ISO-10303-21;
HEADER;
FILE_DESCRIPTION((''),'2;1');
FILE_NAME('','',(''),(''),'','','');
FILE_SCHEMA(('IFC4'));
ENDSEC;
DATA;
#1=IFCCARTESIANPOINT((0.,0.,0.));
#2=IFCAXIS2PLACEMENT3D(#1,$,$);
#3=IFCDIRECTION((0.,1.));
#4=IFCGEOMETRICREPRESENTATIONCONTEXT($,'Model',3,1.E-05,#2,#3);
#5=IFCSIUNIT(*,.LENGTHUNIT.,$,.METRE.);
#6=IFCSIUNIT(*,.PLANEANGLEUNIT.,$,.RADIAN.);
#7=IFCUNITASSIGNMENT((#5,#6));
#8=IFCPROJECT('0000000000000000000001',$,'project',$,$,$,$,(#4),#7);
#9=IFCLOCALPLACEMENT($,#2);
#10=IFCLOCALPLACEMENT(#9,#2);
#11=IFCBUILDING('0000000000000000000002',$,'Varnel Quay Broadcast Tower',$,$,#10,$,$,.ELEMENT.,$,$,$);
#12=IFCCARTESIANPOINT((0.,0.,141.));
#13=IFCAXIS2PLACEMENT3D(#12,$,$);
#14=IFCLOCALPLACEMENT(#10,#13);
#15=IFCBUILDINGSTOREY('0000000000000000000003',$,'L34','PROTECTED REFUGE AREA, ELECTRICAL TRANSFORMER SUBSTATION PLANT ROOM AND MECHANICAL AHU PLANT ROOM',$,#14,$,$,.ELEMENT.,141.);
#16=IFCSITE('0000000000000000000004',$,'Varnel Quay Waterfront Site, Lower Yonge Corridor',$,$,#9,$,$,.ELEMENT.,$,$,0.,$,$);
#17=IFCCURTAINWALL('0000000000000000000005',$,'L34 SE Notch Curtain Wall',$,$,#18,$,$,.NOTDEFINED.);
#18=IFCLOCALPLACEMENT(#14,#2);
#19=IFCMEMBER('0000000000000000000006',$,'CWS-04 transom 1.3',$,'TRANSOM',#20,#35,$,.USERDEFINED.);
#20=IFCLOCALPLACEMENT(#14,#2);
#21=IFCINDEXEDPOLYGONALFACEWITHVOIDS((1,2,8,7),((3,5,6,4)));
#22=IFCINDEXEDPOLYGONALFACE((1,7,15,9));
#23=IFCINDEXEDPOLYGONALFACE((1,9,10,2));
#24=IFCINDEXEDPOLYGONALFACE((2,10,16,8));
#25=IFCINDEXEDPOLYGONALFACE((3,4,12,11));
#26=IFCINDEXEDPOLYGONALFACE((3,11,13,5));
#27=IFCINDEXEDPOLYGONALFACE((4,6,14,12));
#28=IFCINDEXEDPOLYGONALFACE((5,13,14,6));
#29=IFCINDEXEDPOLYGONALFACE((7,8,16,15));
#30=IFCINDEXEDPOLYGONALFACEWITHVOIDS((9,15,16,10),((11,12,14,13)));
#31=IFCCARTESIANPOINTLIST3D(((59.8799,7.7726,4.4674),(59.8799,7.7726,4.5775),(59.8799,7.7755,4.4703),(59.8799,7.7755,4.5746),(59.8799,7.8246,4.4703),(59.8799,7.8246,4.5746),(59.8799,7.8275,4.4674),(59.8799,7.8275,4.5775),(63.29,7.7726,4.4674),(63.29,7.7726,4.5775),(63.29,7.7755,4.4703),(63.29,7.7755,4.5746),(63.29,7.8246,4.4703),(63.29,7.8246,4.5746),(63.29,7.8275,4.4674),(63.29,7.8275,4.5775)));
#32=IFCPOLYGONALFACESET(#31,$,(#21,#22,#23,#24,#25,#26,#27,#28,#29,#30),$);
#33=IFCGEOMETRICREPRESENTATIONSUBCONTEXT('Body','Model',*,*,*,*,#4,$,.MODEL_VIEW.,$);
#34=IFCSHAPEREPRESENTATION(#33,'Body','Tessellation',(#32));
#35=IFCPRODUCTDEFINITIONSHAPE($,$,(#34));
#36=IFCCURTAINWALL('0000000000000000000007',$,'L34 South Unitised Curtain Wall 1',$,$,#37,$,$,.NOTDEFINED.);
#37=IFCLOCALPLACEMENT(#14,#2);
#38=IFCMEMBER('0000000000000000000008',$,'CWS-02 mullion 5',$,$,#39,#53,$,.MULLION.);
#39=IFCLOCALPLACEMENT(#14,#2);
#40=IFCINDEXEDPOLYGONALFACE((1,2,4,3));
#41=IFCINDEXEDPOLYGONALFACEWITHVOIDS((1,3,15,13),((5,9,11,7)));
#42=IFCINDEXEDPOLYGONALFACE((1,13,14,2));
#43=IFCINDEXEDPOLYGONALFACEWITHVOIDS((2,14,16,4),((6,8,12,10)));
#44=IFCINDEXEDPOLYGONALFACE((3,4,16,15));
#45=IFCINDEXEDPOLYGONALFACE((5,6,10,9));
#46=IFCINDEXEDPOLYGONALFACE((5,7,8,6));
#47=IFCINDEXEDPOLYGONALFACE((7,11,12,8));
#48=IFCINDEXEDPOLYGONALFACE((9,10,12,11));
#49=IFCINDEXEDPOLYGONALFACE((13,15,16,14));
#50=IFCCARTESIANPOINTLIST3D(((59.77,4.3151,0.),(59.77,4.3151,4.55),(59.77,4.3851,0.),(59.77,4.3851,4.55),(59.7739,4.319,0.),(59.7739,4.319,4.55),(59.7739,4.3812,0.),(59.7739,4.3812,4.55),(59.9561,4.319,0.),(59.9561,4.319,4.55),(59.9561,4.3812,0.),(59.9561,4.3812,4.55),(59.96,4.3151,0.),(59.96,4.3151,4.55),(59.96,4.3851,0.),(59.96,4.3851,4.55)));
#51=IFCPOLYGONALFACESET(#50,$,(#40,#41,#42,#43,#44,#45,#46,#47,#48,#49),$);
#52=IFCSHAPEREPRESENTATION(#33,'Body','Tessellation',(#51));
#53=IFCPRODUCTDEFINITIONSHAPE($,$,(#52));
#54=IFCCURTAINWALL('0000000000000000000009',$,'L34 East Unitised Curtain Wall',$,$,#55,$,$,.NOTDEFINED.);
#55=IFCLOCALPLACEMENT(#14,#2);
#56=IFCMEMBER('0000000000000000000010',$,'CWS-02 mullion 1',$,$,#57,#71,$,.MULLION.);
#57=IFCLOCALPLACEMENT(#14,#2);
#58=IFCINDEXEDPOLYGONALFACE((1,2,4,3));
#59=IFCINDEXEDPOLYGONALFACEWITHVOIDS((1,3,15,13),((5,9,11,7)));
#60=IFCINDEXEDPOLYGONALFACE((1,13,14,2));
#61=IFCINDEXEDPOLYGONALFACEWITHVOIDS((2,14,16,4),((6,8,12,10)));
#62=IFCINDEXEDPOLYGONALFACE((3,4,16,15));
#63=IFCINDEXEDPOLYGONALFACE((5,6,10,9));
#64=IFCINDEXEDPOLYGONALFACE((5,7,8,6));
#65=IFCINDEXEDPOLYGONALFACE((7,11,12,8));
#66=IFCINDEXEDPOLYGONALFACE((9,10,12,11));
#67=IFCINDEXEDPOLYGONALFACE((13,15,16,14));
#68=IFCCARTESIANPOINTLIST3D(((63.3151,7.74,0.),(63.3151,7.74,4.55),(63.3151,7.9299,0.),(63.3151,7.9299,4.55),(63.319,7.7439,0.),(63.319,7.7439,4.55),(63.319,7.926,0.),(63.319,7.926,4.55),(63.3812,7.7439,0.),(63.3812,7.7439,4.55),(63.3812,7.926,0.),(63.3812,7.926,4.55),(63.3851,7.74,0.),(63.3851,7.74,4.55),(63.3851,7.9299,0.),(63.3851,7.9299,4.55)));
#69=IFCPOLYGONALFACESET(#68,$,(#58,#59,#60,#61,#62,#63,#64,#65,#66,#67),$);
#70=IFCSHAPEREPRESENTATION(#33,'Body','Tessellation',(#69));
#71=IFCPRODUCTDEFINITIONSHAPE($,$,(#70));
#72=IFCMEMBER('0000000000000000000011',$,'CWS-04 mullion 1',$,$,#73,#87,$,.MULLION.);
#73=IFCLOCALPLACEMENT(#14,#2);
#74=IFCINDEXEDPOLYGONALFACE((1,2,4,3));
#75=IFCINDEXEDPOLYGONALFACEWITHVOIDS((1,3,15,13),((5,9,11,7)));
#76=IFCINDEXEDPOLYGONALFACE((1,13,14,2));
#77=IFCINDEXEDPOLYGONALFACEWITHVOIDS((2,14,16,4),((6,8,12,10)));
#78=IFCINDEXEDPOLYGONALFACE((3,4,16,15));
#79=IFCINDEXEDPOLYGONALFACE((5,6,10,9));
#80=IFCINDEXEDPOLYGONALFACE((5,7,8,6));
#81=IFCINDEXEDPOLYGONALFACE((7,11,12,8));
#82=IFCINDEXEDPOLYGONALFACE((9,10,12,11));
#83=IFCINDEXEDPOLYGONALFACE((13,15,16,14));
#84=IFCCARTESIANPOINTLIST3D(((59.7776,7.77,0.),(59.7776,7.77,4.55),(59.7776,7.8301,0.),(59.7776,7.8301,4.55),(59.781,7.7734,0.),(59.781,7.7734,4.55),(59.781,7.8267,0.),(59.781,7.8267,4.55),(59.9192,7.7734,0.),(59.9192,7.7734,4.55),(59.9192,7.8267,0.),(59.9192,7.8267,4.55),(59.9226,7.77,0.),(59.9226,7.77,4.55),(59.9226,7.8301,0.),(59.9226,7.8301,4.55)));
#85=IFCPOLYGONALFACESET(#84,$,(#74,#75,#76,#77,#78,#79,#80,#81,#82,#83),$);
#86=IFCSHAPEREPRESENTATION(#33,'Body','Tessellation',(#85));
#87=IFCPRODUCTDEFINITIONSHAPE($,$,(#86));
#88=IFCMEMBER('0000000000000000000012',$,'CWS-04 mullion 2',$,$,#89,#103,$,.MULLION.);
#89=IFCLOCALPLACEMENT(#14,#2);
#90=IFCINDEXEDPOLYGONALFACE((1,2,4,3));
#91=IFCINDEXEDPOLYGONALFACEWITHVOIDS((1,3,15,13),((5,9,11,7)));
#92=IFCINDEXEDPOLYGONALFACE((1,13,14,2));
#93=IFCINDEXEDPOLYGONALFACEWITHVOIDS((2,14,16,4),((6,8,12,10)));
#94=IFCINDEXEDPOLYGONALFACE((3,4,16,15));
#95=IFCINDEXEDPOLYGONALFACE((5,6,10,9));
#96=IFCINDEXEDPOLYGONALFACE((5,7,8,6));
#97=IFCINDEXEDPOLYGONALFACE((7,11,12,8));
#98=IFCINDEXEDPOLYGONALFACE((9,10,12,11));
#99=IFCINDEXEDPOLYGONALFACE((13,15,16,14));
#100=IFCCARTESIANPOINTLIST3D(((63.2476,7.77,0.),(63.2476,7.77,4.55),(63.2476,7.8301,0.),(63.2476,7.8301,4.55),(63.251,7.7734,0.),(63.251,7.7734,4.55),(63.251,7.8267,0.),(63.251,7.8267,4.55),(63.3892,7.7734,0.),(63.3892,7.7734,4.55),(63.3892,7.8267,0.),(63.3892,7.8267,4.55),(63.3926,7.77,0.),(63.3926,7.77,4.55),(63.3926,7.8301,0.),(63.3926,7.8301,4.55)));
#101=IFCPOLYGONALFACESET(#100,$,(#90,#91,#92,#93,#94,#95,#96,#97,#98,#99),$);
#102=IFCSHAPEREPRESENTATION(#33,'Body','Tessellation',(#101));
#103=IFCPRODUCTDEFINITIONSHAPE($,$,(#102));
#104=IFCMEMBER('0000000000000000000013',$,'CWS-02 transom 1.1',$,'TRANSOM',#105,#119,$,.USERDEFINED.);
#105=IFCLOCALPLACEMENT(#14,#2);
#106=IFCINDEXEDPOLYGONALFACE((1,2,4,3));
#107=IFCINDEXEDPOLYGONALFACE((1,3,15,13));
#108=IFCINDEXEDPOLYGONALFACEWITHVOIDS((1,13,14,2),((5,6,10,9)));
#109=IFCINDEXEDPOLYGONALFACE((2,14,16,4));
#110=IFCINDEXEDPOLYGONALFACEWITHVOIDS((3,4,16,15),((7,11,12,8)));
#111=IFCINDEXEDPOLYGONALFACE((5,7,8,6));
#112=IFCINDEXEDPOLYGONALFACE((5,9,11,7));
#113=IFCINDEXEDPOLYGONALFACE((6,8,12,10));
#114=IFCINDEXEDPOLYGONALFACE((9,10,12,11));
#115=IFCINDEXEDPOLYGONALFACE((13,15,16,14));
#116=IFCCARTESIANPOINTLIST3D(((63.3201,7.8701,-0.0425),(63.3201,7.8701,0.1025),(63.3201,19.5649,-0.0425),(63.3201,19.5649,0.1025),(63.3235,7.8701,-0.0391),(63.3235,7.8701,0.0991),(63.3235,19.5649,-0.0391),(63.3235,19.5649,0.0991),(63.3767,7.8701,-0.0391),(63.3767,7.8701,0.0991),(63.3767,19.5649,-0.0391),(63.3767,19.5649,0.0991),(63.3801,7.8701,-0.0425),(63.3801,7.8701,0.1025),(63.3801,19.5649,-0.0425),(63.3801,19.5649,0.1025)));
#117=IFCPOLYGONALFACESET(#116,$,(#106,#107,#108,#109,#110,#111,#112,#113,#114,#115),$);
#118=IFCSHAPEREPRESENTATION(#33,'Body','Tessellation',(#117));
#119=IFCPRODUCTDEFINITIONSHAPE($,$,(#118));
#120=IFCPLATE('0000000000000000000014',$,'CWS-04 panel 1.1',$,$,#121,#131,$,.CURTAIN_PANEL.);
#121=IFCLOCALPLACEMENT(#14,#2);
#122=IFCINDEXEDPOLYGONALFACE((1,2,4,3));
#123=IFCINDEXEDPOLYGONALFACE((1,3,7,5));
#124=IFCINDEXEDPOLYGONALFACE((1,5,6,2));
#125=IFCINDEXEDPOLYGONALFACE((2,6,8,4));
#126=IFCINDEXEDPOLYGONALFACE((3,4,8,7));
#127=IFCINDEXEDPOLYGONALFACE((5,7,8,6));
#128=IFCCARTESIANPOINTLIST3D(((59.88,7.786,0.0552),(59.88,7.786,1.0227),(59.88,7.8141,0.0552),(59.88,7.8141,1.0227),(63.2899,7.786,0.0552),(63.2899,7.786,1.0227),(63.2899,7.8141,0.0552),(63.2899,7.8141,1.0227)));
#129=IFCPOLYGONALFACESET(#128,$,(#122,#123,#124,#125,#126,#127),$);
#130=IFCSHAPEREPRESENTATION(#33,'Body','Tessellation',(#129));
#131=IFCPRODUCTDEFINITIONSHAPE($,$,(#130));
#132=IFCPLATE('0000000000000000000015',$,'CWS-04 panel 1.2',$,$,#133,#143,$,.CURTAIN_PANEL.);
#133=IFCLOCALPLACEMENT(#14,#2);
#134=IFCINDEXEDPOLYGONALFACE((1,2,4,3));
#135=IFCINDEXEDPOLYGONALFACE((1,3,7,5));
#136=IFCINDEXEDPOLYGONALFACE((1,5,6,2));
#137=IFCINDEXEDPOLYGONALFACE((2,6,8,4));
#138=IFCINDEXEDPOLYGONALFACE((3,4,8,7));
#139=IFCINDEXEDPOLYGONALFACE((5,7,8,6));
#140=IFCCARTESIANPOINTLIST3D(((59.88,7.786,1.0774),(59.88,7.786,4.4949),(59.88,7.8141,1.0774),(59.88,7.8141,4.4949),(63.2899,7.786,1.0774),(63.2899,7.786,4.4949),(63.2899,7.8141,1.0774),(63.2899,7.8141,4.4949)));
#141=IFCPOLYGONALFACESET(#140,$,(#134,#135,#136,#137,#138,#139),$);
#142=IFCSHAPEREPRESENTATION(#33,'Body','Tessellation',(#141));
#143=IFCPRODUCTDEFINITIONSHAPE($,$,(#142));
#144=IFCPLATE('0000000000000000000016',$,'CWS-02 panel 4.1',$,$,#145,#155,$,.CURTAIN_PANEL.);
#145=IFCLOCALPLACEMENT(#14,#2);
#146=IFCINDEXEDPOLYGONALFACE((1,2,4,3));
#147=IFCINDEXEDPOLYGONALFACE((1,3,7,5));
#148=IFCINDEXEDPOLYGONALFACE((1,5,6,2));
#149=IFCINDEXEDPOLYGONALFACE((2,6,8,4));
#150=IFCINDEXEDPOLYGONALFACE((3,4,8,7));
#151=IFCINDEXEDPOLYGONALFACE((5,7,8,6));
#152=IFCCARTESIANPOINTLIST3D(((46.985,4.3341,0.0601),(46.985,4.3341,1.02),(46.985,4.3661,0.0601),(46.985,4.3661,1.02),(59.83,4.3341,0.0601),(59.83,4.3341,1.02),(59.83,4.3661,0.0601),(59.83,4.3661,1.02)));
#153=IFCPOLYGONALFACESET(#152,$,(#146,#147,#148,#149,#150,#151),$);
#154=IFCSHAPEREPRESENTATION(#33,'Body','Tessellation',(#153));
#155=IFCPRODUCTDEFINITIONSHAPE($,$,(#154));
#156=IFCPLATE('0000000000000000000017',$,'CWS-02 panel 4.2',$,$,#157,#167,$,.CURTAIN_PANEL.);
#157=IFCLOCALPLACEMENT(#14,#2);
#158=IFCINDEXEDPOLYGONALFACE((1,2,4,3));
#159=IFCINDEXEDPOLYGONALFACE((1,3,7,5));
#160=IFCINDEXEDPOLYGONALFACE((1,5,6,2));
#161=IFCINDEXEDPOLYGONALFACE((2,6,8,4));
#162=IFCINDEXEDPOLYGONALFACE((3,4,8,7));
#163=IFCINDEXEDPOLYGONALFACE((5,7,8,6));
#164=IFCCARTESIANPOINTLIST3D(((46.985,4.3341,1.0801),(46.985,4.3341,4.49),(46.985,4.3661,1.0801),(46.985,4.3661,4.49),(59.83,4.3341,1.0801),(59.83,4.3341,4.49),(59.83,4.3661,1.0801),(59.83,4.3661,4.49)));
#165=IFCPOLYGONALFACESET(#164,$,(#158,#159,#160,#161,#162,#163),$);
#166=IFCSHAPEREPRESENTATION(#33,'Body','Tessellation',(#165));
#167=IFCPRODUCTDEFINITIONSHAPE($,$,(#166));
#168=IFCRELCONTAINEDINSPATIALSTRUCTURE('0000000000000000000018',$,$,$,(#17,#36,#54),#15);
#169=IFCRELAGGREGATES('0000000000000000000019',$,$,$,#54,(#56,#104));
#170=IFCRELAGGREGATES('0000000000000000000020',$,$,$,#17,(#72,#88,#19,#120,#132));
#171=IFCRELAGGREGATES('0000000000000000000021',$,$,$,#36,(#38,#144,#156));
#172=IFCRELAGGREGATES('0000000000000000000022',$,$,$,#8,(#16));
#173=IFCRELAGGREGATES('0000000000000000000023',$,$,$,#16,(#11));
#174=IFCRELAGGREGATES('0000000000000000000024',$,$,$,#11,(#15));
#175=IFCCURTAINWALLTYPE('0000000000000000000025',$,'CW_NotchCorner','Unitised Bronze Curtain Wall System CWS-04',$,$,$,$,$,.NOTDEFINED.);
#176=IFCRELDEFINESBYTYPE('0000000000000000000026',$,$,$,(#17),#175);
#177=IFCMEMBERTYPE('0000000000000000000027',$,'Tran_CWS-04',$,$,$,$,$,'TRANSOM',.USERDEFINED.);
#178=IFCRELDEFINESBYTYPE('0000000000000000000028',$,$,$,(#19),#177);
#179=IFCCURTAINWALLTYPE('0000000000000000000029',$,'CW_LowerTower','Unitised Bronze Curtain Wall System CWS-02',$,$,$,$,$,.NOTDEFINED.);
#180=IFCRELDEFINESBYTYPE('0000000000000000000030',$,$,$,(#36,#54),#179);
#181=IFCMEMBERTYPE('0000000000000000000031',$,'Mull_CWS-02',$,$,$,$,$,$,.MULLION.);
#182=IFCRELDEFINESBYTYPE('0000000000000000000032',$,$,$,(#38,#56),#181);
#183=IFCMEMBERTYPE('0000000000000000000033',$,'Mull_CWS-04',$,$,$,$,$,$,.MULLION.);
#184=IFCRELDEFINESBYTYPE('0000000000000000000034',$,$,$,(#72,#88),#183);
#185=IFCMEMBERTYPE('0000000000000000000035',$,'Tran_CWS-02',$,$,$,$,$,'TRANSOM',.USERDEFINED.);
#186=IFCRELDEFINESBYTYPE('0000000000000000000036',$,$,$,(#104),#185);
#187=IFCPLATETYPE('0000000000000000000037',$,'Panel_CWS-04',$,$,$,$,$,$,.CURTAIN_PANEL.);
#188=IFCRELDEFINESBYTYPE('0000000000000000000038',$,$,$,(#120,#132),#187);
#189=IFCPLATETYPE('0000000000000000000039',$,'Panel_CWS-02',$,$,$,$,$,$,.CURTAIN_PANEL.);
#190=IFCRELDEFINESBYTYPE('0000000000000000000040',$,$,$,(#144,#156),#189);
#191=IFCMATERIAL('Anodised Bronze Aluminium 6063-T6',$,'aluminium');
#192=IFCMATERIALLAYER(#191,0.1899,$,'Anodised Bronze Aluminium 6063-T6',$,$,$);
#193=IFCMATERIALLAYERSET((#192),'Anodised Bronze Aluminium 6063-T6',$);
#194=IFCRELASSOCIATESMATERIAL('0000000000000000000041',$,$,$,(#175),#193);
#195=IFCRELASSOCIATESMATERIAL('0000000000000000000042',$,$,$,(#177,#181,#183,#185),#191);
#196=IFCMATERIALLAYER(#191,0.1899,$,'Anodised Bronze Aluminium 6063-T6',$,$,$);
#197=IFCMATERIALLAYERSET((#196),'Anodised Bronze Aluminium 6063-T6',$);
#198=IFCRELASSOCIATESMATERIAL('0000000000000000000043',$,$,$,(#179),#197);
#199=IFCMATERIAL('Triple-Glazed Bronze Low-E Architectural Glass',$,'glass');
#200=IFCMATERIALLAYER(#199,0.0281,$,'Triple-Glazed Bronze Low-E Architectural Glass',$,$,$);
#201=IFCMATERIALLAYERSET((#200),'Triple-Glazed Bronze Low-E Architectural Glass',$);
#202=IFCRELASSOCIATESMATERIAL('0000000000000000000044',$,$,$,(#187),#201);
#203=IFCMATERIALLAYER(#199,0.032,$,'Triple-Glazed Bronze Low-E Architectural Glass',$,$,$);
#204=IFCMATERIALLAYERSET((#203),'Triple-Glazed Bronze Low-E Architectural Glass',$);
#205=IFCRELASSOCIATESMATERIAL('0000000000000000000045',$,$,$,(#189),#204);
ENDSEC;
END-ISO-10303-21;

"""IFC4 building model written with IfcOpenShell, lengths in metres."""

from ifc_helpers import new_model, si_unit, direction, frame, origin, origin_2d, place, context, subcontext, project, spatial, rectangle, hollow_rectangle, extrude, source, transform, mapped, material, layer, layer_set, material_profile, profile_set, type_object, type_shapes, element, aggregate, save


model = new_model("IFC4")

# Units and contexts
model_context = context("Model", 3, precision=1e-05, world=origin(), true_north=direction((0.0, 1.0)))
body_context = subcontext(model_context, "Body", "Model", "MODEL_VIEW")
ifc_project = project(units=[si_unit("LENGTHUNIT", "METRE"), si_unit("PLANEANGLEUNIT", "RADIAN")], contexts=[model_context])

# Site, building, storey
site_placement = place(None, origin())
site = spatial("IfcSite", under=ifc_project, at=site_placement, Name="Varnel Quay Waterfront Site, Lower Yonge Corridor", CompositionType="ELEMENT", RefElevation=0.0)
building_placement = place(site_placement, origin())
building = spatial("IfcBuilding", under=site, at=building_placement, Name="Varnel Quay Broadcast Tower", CompositionType="ELEMENT")
storey_placement = place(building_placement, frame((0.0, 0.0, 141.0)))
storey = spatial("IfcBuildingStorey", under=building, at=storey_placement, Name="L34", Description="PROTECTED REFUGE AREA, ELECTRICAL TRANSFORMER SUBSTATION PLANT ROOM AND MECHANICAL AHU PLANT ROOM", CompositionType="ELEMENT", Elevation=141.0)

# Curtain wall, member
ifc_material_1 = material(Name="Anodised Bronze Aluminium 6063-T6", Category="aluminium")
ifc_layer_1 = layer(ifc_material_1, 0.1899, Name="Anodised Bronze Aluminium 6063-T6")
ifc_layer_set_1 = layer_set([ifc_layer_1], Name="Anodised Bronze Aluminium 6063-T6")
curtain_wall_type_1 = type_object("IfcCurtainWallType", Name="CW_NotchCorner", Description="Unitised Bronze Curtain Wall System CWS-04", PredefinedType="NOTDEFINED", material=ifc_layer_set_1)
curtain_wall_1_placement = place(storey_placement, origin())
curtain_wall_1 = element("IfcCurtainWall", 1, at=curtain_wall_1_placement, inside=storey, type_object=curtain_wall_type_1, Name="L34 SE Notch Curtain Wall", PredefinedType="NOTDEFINED")
ifc_material_profile_1 = material_profile(ifc_material_1, hollow_rectangle(XDim=0.0549, YDim=0.1101, WallThickness=0.0029, at=origin_2d()), Name="ALU55X110X3")
ifc_profile_set_1 = profile_set([ifc_material_profile_1], Name="Anodised Bronze Aluminium 6063-T6")
member_type_1 = type_object("IfcMemberType", Name="Tran_CWS-04", ElementType="TRANSOM", PredefinedType="USERDEFINED", material=ifc_profile_set_1)
shared_shape_1 = source(origin(), body_context, "Body", "SweptSolid", [
    extrude(hollow_rectangle(XDim=0.0549, YDim=0.1101, WallThickness=0.0029, at=origin_2d()), origin(), (0.0, 0.0, 1.0), 3.4102),
])
type_shapes(member_type_1, [shared_shape_1])
member_1_placement = place(storey_placement, frame((59.8799, 7.8, 4.5225), z_axis=(1.0, 0.0, 0.0), x_axis=(0.0, 1.0, 0.0)))
member_1 = element("IfcMember", 2, at=member_1_placement, type_object=member_type_1, Name="CWS-04 transom 1.3", ObjectType="TRANSOM", PredefinedType="USERDEFINED", context=body_context, shape_type="MappedRepresentation", body=[
    mapped(shared_shape_1, transform((0.0, 0.0, 0.0), x_axis=(1.0, 0.0, 0.0), y_axis=(0.0, 1.0, 0.0), z_axis=(0.0, 0.0, 1.0), scale=1.0)),
])

# Curtain walls, members
ifc_layer_2 = layer(ifc_material_1, 0.1899, Name="Anodised Bronze Aluminium 6063-T6")
ifc_layer_set_2 = layer_set([ifc_layer_2], Name="Anodised Bronze Aluminium 6063-T6")
curtain_wall_type_2 = type_object("IfcCurtainWallType", Name="CW_LowerTower", Description="Unitised Bronze Curtain Wall System CWS-02", PredefinedType="NOTDEFINED", material=ifc_layer_set_2)
curtain_wall_2_placement = place(storey_placement, origin())
curtain_wall_2 = element("IfcCurtainWall", 3, at=curtain_wall_2_placement, inside=storey, type_object=curtain_wall_type_2, Name="L34 South Unitised Curtain Wall 1", PredefinedType="NOTDEFINED")
ifc_material_profile_2 = material_profile(ifc_material_1, hollow_rectangle(XDim=0.0701, YDim=0.1899, WallThickness=0.0039, at=origin_2d()), Name="ALU70X190X4")
ifc_profile_set_2 = profile_set([ifc_material_profile_2], Name="Anodised Bronze Aluminium 6063-T6")
member_type_2 = type_object("IfcMemberType", Name="Mull_CWS-02", PredefinedType="MULLION", material=ifc_profile_set_2)
shared_shape_2 = source(origin(), body_context, "Body", "SweptSolid", [
    extrude(hollow_rectangle(XDim=0.0701, YDim=0.1899, WallThickness=0.0039, at=origin_2d()), origin(), (0.0, 0.0, 1.0), 4.55),
])
type_shapes(member_type_2, [shared_shape_2])
member_2_placement = place(storey_placement, frame((59.865, 4.3501, 0.0), z_axis=(0.0, 0.0, 1.0), x_axis=(0.0, 1.0, 0.0)))
member_2 = element("IfcMember", 4, at=member_2_placement, type_object=member_type_2, Name="CWS-02 mullion 5", PredefinedType="MULLION", context=body_context, shape_type="MappedRepresentation", body=[
    mapped(shared_shape_2, transform((0.0, 0.0, 0.0), x_axis=(1.0, 0.0, 0.0), y_axis=(0.0, 1.0, 0.0), z_axis=(0.0, 0.0, 1.0), scale=1.0)),
])
curtain_wall_3_placement = place(storey_placement, origin())
curtain_wall_3 = element("IfcCurtainWall", 5, at=curtain_wall_3_placement, inside=storey, type_object=curtain_wall_type_2, Name="L34 East Unitised Curtain Wall", PredefinedType="NOTDEFINED")
member_3_placement = place(storey_placement, frame((63.3501, 7.835, 0.0), z_axis=(0.0, 0.0, 1.0), x_axis=(-1.0, 0.0, 0.0)))
member_3 = element("IfcMember", 6, at=member_3_placement, type_object=member_type_2, Name="CWS-02 mullion 1", PredefinedType="MULLION", context=body_context, shape_type="MappedRepresentation", body=[
    mapped(shared_shape_2, transform((0.0, 0.0, 0.0), x_axis=(1.0, 0.0, 0.0), y_axis=(0.0, 1.0, 0.0), z_axis=(0.0, 0.0, 1.0), scale=1.0)),
])

# Members
ifc_material_profile_3 = material_profile(ifc_material_1, hollow_rectangle(XDim=0.0601, YDim=0.145, WallThickness=0.0034, at=origin_2d()), Name="ALU60X145X3.5")
ifc_profile_set_3 = profile_set([ifc_material_profile_3], Name="Anodised Bronze Aluminium 6063-T6")
member_type_3 = type_object("IfcMemberType", Name="Mull_CWS-04", PredefinedType="MULLION", material=ifc_profile_set_3)
shared_shape_3 = source(origin(), body_context, "Body", "SweptSolid", [
    extrude(hollow_rectangle(XDim=0.0601, YDim=0.145, WallThickness=0.0034, at=origin_2d()), origin(), (0.0, 0.0, 1.0), 4.55),
])
type_shapes(member_type_3, [shared_shape_3])
member_4_placement = place(storey_placement, frame((59.8501, 7.8, 0.0), z_axis=(0.0, 0.0, 1.0), x_axis=(0.0, 1.0, 0.0)))
member_4 = element("IfcMember", 7, at=member_4_placement, type_object=member_type_3, Name="CWS-04 mullion 1", PredefinedType="MULLION", context=body_context, shape_type="MappedRepresentation", body=[
    mapped(shared_shape_3, transform((0.0, 0.0, 0.0), x_axis=(1.0, 0.0, 0.0), y_axis=(0.0, 1.0, 0.0), z_axis=(0.0, 0.0, 1.0), scale=1.0)),
])
member_5_placement = place(storey_placement, frame((63.3201, 7.8, 0.0), z_axis=(0.0, 0.0, 1.0), x_axis=(0.0, 1.0, 0.0)))
member_5 = element("IfcMember", 8, at=member_5_placement, type_object=member_type_3, Name="CWS-04 mullion 2", PredefinedType="MULLION", context=body_context, shape_type="MappedRepresentation", body=[
    mapped(shared_shape_3, transform((0.0, 0.0, 0.0), x_axis=(1.0, 0.0, 0.0), y_axis=(0.0, 1.0, 0.0), z_axis=(0.0, 0.0, 1.0), scale=1.0)),
])
ifc_material_profile_4 = material_profile(ifc_material_1, hollow_rectangle(XDim=0.0601, YDim=0.145, WallThickness=0.0034, at=origin_2d()), Name="ALU60X145X3.5")
ifc_profile_set_4 = profile_set([ifc_material_profile_4], Name="Anodised Bronze Aluminium 6063-T6")
member_type_4 = type_object("IfcMemberType", Name="Tran_CWS-02", ElementType="TRANSOM", PredefinedType="USERDEFINED", material=ifc_profile_set_4)
shared_shape_4 = source(origin(), body_context, "Body", "SweptSolid", [
    extrude(hollow_rectangle(XDim=0.0601, YDim=0.145, WallThickness=0.0034, at=origin_2d()), origin(), (0.0, 0.0, 1.0), 11.6948),
])
type_shapes(member_type_4, [shared_shape_4])
member_6_placement = place(storey_placement, frame((63.3501, 7.8701, 0.03), z_axis=(0.0, 1.0, 0.0), x_axis=(-1.0, 0.0, 0.0)))
member_6 = element("IfcMember", 9, at=member_6_placement, type_object=member_type_4, Name="CWS-02 transom 1.1", ObjectType="TRANSOM", PredefinedType="USERDEFINED", context=body_context, shape_type="MappedRepresentation", body=[
    mapped(shared_shape_4, transform((0.0, 0.0, 0.0), x_axis=(1.0, 0.0, 0.0), y_axis=(0.0, 1.0, 0.0), z_axis=(0.0, 0.0, 1.0), scale=1.0)),
])
aggregate(curtain_wall_3, [member_3, member_6])

# Plates
ifc_material_2 = material(Name="Triple-Glazed Bronze Low-E Architectural Glass", Category="glass")
ifc_layer_3 = layer(ifc_material_2, 0.0281, Name="Triple-Glazed Bronze Low-E Architectural Glass")
ifc_layer_set_3 = layer_set([ifc_layer_3], Name="Triple-Glazed Bronze Low-E Architectural Glass")
plate_type_1 = type_object("IfcPlateType", Name="Panel_CWS-04", PredefinedType="CURTAIN_PANEL", material=ifc_layer_set_3)
shared_shape_5 = source(origin(), body_context, "Body", "SweptSolid", [
    extrude(rectangle(XDim=3.4099, YDim=0.0281, at=origin_2d()), origin(), (0.0, 0.0, 1.0), 0.9675),
])
plate_1_placement = place(storey_placement, frame((61.585, 7.8, 0.0552), z_axis=(0.0, 0.0, 1.0), x_axis=(1.0, 0.0, 0.0)))
plate_1 = element("IfcPlate", 10, at=plate_1_placement, type_object=plate_type_1, Name="CWS-04 panel 1.1", PredefinedType="CURTAIN_PANEL", context=body_context, shape_type="MappedRepresentation", body=[
    mapped(shared_shape_5, transform((0.0, 0.0, 0.0), x_axis=(1.0, 0.0, 0.0), y_axis=(0.0, 1.0, 0.0), z_axis=(0.0, 0.0, 1.0), scale=1.0)),
])
shared_shape_6 = source(origin(), body_context, "Body", "SweptSolid", [
    extrude(rectangle(XDim=3.4099, YDim=0.0281, at=origin_2d()), origin(), (0.0, 0.0, 1.0), 3.4175),
])
type_shapes(plate_type_1, [shared_shape_5, shared_shape_6])
plate_2_placement = place(storey_placement, frame((61.585, 7.8, 1.0774), z_axis=(0.0, 0.0, 1.0), x_axis=(1.0, 0.0, 0.0)))
plate_2 = element("IfcPlate", 11, at=plate_2_placement, type_object=plate_type_1, Name="CWS-04 panel 1.2", PredefinedType="CURTAIN_PANEL", context=body_context, shape_type="MappedRepresentation", body=[
    mapped(shared_shape_6, transform((0.0, 0.0, 0.0), x_axis=(1.0, 0.0, 0.0), y_axis=(0.0, 1.0, 0.0), z_axis=(0.0, 0.0, 1.0), scale=1.0)),
])
aggregate(curtain_wall_1, [member_4, member_5, member_1, plate_1, plate_2])
ifc_layer_4 = layer(ifc_material_2, 0.032, Name="Triple-Glazed Bronze Low-E Architectural Glass")
ifc_layer_set_4 = layer_set([ifc_layer_4], Name="Triple-Glazed Bronze Low-E Architectural Glass")
plate_type_2 = type_object("IfcPlateType", Name="Panel_CWS-02", PredefinedType="CURTAIN_PANEL", material=ifc_layer_set_4)
shared_shape_7 = source(origin(), body_context, "Body", "SweptSolid", [
    extrude(rectangle(XDim=12.845, YDim=0.032, at=origin_2d()), origin(), (0.0, 0.0, 1.0), 0.96),
])
plate_3_placement = place(storey_placement, frame((53.4075, 4.3501, 0.0601), z_axis=(0.0, 0.0, 1.0), x_axis=(1.0, 0.0, 0.0)))
plate_3 = element("IfcPlate", 12, at=plate_3_placement, type_object=plate_type_2, Name="CWS-02 panel 4.1", PredefinedType="CURTAIN_PANEL", context=body_context, shape_type="MappedRepresentation", body=[
    mapped(shared_shape_7, transform((0.0, 0.0, 0.0), x_axis=(1.0, 0.0, 0.0), y_axis=(0.0, 1.0, 0.0), z_axis=(0.0, 0.0, 1.0), scale=1.0)),
])
shared_shape_8 = source(origin(), body_context, "Body", "SweptSolid", [
    extrude(rectangle(XDim=12.845, YDim=0.032, at=origin_2d()), origin(), (0.0, 0.0, 1.0), 3.4099),
])
type_shapes(plate_type_2, [shared_shape_7, shared_shape_8])
plate_4_placement = place(storey_placement, frame((53.4075, 4.3501, 1.0801), z_axis=(0.0, 0.0, 1.0), x_axis=(1.0, 0.0, 0.0)))
plate_4 = element("IfcPlate", 13, at=plate_4_placement, type_object=plate_type_2, Name="CWS-02 panel 4.2", PredefinedType="CURTAIN_PANEL", context=body_context, shape_type="MappedRepresentation", body=[
    mapped(shared_shape_8, transform((0.0, 0.0, 0.0), x_axis=(1.0, 0.0, 0.0), y_axis=(0.0, 1.0, 0.0), z_axis=(0.0, 0.0, 1.0), scale=1.0)),
])
aggregate(curtain_wall_2, [member_2, plate_3, plate_4])

save(model, "model.ifc")
